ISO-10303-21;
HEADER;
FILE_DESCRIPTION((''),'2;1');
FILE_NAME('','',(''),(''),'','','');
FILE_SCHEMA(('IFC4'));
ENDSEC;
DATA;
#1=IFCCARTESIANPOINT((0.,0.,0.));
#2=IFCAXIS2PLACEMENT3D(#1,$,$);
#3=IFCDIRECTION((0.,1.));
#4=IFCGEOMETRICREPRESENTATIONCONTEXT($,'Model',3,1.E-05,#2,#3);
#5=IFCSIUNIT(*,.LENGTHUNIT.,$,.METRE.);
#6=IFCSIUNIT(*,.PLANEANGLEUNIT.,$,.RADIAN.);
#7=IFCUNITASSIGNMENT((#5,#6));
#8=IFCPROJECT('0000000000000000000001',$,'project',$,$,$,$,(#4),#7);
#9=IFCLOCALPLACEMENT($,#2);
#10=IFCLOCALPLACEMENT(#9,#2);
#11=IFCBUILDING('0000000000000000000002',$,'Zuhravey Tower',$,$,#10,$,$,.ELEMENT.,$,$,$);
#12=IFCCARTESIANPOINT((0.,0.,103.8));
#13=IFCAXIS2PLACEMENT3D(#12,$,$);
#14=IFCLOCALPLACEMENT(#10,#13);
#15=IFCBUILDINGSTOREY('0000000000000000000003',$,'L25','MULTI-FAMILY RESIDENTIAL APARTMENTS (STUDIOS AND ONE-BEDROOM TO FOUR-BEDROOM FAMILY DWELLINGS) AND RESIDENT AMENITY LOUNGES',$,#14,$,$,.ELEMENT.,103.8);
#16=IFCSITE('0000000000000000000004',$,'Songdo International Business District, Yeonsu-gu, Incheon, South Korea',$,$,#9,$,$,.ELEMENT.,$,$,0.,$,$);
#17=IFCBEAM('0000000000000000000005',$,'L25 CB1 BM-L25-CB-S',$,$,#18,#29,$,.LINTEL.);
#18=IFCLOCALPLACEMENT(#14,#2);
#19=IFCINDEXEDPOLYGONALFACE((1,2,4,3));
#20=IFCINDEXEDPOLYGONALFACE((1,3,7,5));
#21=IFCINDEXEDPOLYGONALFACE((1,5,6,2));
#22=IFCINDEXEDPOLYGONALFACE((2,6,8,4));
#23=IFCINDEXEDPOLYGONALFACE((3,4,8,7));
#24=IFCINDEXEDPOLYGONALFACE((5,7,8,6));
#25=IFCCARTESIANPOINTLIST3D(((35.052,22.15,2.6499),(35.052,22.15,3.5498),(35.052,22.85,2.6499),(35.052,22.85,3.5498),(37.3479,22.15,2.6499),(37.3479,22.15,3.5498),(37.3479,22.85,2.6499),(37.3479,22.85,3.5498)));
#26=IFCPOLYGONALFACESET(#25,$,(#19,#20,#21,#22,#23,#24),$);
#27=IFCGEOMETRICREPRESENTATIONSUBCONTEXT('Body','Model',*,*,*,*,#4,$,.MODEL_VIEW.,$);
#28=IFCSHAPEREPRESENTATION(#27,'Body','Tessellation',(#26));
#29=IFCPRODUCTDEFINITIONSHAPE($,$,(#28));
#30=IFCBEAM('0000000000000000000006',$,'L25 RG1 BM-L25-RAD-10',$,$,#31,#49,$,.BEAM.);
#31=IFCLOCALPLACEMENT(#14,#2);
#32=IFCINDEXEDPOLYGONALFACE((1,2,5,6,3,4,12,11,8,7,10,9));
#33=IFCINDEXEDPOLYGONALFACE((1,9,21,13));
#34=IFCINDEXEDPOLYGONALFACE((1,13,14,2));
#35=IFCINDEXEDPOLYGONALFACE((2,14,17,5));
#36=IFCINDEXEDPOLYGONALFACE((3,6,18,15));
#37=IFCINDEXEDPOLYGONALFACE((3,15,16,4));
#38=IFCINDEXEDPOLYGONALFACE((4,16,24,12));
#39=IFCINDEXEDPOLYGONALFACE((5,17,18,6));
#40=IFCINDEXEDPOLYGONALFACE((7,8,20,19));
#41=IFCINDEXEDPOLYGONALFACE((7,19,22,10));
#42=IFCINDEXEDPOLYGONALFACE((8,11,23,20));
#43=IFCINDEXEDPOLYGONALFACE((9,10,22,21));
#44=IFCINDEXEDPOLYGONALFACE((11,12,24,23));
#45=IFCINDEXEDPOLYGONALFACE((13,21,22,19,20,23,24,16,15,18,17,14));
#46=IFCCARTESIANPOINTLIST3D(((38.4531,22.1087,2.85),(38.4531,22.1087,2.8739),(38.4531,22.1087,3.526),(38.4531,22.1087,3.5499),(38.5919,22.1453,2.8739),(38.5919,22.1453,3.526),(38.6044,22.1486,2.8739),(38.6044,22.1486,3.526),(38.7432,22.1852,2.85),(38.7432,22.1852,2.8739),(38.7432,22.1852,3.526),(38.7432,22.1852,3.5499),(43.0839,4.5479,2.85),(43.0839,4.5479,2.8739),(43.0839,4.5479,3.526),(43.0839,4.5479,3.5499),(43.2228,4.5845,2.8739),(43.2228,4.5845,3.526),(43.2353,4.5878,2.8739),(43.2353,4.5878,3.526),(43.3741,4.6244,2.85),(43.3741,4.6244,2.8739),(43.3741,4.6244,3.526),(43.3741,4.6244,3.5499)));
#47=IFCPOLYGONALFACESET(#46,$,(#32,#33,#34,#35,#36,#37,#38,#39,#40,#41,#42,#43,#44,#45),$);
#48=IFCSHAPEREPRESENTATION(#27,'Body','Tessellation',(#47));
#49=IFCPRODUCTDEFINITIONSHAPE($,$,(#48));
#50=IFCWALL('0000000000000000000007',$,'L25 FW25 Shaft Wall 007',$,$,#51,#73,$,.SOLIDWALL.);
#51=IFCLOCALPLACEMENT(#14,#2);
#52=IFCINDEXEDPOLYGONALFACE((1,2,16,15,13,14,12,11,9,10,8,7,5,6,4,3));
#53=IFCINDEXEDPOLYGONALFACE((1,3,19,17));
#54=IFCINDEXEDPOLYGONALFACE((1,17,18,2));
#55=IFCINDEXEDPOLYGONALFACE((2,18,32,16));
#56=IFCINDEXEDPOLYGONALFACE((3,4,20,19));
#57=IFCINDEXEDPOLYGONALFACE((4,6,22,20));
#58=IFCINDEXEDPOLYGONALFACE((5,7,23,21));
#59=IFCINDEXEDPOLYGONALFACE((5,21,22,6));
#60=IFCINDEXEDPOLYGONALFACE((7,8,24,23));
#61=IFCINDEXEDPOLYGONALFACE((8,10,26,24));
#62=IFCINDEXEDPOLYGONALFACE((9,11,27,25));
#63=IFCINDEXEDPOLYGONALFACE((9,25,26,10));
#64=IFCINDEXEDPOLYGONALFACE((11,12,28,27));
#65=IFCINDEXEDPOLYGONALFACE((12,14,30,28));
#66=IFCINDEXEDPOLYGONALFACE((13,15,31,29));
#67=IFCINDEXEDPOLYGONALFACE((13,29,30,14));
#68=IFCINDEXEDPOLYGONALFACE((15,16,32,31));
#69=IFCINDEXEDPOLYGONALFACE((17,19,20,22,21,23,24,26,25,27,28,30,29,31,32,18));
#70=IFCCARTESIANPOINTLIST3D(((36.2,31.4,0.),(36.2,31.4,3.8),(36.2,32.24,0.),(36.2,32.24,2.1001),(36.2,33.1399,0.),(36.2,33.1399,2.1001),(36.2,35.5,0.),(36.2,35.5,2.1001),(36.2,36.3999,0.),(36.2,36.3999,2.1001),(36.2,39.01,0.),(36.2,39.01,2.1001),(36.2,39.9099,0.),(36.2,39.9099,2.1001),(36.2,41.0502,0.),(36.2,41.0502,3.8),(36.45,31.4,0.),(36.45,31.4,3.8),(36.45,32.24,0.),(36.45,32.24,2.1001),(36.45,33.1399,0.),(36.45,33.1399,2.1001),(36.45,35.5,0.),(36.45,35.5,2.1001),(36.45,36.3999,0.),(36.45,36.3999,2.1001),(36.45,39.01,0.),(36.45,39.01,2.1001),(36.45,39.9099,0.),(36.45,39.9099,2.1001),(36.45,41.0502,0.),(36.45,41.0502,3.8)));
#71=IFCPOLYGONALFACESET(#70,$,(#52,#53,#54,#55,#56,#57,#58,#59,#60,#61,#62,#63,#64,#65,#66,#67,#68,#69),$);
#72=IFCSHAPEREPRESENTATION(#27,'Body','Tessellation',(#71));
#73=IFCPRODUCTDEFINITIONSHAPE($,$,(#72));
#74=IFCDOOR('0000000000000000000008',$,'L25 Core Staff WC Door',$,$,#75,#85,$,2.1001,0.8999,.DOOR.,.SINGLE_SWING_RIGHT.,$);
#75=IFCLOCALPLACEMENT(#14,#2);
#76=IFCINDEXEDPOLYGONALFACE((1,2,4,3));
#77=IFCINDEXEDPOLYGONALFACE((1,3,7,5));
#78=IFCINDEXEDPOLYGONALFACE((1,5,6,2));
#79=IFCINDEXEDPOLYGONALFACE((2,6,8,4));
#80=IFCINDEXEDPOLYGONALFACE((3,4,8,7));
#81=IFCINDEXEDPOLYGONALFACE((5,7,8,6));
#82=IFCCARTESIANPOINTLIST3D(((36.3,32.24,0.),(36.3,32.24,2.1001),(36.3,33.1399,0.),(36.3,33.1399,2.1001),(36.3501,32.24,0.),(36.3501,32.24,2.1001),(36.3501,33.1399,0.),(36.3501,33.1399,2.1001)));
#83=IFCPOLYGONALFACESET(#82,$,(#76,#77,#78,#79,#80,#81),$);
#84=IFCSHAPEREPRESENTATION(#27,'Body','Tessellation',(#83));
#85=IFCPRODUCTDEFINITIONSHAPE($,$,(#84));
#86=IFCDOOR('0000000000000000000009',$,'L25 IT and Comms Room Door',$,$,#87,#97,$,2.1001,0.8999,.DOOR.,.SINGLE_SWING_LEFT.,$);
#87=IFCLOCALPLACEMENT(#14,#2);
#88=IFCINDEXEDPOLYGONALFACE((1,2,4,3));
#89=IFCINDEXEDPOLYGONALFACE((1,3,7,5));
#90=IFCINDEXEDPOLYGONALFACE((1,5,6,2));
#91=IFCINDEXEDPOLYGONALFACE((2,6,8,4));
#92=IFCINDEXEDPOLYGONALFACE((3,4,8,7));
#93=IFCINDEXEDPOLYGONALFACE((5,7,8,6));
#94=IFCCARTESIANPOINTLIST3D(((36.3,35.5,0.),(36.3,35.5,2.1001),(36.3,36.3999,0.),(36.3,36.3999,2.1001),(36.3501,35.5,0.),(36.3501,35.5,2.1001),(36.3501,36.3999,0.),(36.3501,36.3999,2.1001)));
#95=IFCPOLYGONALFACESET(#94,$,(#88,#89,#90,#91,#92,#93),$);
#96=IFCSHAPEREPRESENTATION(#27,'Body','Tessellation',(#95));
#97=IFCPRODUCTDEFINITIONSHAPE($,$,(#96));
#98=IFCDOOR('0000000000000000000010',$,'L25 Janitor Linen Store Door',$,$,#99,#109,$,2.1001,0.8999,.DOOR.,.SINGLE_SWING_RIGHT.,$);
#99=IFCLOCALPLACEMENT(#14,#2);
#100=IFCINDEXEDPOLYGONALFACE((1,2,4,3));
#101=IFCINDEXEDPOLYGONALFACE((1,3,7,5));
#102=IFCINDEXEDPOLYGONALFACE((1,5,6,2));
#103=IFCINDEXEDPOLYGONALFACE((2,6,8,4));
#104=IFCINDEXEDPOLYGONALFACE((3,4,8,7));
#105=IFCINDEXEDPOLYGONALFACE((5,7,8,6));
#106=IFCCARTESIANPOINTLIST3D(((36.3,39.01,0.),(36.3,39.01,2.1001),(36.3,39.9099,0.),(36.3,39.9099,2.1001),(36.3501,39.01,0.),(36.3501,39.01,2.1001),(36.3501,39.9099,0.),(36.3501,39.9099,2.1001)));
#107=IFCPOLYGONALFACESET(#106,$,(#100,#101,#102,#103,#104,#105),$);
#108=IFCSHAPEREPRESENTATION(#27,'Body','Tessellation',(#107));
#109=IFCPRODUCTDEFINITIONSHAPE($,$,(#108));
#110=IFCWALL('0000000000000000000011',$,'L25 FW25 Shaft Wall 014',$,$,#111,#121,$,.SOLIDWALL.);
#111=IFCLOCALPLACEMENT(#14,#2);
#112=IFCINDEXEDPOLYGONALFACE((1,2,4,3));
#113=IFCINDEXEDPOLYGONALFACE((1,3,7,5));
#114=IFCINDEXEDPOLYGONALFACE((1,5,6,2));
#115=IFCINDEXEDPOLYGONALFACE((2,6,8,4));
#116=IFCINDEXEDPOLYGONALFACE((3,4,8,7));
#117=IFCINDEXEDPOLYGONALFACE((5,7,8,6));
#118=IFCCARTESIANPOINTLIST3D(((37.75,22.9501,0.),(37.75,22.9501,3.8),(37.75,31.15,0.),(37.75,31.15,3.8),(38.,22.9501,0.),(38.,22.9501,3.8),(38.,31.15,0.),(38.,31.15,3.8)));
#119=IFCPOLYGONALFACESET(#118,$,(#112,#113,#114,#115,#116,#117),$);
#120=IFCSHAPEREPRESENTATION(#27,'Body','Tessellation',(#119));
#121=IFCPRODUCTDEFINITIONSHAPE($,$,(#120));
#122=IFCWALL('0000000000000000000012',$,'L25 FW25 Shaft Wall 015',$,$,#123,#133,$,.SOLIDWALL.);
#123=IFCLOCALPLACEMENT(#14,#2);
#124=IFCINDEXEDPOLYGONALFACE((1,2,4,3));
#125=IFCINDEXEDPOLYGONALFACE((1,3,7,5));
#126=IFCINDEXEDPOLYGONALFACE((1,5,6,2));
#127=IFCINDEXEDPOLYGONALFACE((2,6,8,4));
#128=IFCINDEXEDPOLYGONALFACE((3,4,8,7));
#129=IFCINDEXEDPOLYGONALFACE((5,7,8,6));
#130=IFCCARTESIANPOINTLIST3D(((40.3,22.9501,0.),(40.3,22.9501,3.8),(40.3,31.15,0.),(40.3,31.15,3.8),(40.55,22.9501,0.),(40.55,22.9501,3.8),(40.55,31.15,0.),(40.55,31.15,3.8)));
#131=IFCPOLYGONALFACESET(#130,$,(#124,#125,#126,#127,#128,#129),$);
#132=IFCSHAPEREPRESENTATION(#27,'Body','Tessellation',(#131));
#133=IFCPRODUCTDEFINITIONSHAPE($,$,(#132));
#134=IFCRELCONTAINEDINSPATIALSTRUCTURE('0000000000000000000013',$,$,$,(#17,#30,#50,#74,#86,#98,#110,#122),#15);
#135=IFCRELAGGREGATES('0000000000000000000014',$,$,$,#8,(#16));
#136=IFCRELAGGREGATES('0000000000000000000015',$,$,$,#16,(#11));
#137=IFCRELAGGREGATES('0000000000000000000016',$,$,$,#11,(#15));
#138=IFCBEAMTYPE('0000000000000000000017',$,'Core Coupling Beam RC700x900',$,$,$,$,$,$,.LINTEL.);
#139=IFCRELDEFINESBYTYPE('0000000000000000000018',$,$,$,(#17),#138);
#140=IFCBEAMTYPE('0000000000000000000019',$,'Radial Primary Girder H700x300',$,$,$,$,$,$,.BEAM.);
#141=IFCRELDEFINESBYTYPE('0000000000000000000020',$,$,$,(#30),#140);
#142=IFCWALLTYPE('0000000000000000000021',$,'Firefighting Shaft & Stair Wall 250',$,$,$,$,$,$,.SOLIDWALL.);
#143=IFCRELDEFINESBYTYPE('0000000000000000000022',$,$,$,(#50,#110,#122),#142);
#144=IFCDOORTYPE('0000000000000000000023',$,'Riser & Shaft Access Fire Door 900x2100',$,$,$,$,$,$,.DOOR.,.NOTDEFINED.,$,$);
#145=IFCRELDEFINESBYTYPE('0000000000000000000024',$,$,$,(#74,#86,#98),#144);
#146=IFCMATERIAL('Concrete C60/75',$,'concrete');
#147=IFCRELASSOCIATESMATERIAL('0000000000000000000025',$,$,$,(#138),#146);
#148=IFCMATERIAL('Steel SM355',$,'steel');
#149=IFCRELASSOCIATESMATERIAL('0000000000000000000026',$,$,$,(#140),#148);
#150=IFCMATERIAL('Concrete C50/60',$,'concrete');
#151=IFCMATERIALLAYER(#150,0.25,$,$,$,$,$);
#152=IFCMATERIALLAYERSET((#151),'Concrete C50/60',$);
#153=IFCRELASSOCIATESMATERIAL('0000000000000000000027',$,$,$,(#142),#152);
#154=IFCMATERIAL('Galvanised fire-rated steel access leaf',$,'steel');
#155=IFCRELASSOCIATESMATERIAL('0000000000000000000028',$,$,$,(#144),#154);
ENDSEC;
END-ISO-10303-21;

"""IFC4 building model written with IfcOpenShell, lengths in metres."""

from ifc_helpers import new_model, si_unit, direction, frame, frame_2d, origin, origin_2d, place, context, subcontext, project, spatial, rectangle, i_section, extrude, material, layer, layer_set, material_profile, profile_set, type_object, element, fill, save


model = new_model("IFC4")

# Units and contexts
model_context = context("Model", 3, precision=1e-05, world=origin(), true_north=direction((0.0, 1.0)))
body_context = subcontext(model_context, "Body", "Model", "MODEL_VIEW")
ifc_project = project(units=[si_unit("LENGTHUNIT", "METRE"), si_unit("PLANEANGLEUNIT", "RADIAN")], contexts=[model_context])

# Site, building, storey
site_placement = place(None, origin())
site = spatial("IfcSite", under=ifc_project, at=site_placement, Name="Songdo International Business District, Yeonsu-gu, Incheon, South Korea", CompositionType="ELEMENT", RefElevation=0.0)
building_placement = place(site_placement, origin())
building = spatial("IfcBuilding", under=site, at=building_placement, Name="Zuhravey Tower", CompositionType="ELEMENT")
storey_placement = place(building_placement, frame((0.0, 0.0, 103.8)))
storey = spatial("IfcBuildingStorey", under=building, at=storey_placement, Name="L25", Description="MULTI-FAMILY RESIDENTIAL APARTMENTS (STUDIOS AND ONE-BEDROOM TO FOUR-BEDROOM FAMILY DWELLINGS) AND RESIDENT AMENITY LOUNGES", CompositionType="ELEMENT", Elevation=103.8)

# Beams
ifc_material_1 = material(Name="Concrete C60/75", Category="concrete")
ifc_material_profile_1 = material_profile(ifc_material_1, rectangle(XDim=0.7, YDim=0.8999, at=origin_2d()), Name="RC-700x900")
ifc_profile_set_1 = profile_set([ifc_material_profile_1], Name="Concrete C60/75")
beam_type_1 = type_object("IfcBeamType", Name="Core Coupling Beam RC700x900", PredefinedType="LINTEL", material=ifc_profile_set_1)
beam_1_placement = place(storey_placement, frame((35.052, 22.5, 3.0999), z_axis=(1.0, 0.0, 0.0), x_axis=(0.0, 1.0, 0.0)))
element("IfcBeam", 1, at=beam_1_placement, inside=storey, type_object=beam_type_1, Name="L25 CB1 BM-L25-CB-S", PredefinedType="LINTEL", context=body_context, shape_type="SweptSolid", body=[
    extrude(rectangle(XDim=0.7, YDim=0.8999, at=origin_2d()), origin(), (0.0, 0.0, 1.0), 2.2959),
])
ifc_material_2 = material(Name="Steel SM355", Category="steel")
ifc_material_profile_2 = material_profile(ifc_material_2, i_section(OverallWidth=0.3, OverallDepth=0.7, WebThickness=0.0129, FlangeThickness=0.0239, at=origin_2d()), Name="H-700x300x13x24")
ifc_profile_set_2 = profile_set([ifc_material_profile_2], Name="Steel SM355")
beam_type_2 = type_object("IfcBeamType", Name="Radial Primary Girder H700x300", PredefinedType="BEAM", material=ifc_profile_set_2)
beam_2_placement = place(storey_placement, frame((38.5981, 22.147, 3.2), z_axis=(0.254988, -0.966944, 0.0), x_axis=(0.966944, 0.254988, 0.0)))
element("IfcBeam", 2, at=beam_2_placement, inside=storey, type_object=beam_type_2, Name="L25 RG1 BM-L25-RAD-10", PredefinedType="BEAM", context=body_context, shape_type="SweptSolid", body=[
    extrude(i_section(OverallWidth=0.3, OverallDepth=0.7, WebThickness=0.0129, FlangeThickness=0.0239, at=origin_2d()), origin(), (0.0, 0.0, 1.0), 18.1611),
])

# Shared definitions
ifc_material_3 = material(Name="Concrete C50/60", Category="concrete")
ifc_layer_1 = layer(ifc_material_3, 0.25)
ifc_layer_set_1 = layer_set([ifc_layer_1], Name="Concrete C50/60")
wall_type_1 = type_object("IfcWallType", Name="Firefighting Shaft & Stair Wall 250", PredefinedType="SOLIDWALL", material=ifc_layer_set_1)

# Wall, openings, doors
wall_1_placement = place(storey_placement, frame((36.325, 31.3999, 0.0), z_axis=(0.0, 0.0, 1.0), x_axis=(0.0, 1.0, 0.0)))
wall_1 = element("IfcWall", 3, at=wall_1_placement, inside=storey, type_object=wall_type_1, Name="L25 FW25 Shaft Wall 007", PredefinedType="SOLIDWALL", context=body_context, shape_type="SweptSolid", body=[
    extrude(rectangle(XDim=9.6501, YDim=0.25, at=frame_2d((4.8252, 0.0))), origin(), (0.0, 0.0, 1.0), 3.8),
])
opening_1_placement = place(wall_1_placement, frame((0.8401, 0.0, 0.0)))
opening_1 = element("IfcOpeningElement", 4, at=opening_1_placement, cuts=wall_1, PredefinedType="OPENING", context=body_context, shape_type="SweptSolid", body=[
    extrude(rectangle(XDim=0.8999, YDim=2.1001, at=frame_2d((0.45, 1.05))), frame((0.0, 0.137, 0.0), z_axis=(0.0, -1.0, 0.0), x_axis=(1.0, 0.0, 0.0)), (0.0, 0.0, 1.0), 0.2739),
])
opening_2_placement = place(wall_1_placement, frame((4.1001, 0.0, 0.0)))
opening_2 = element("IfcOpeningElement", 5, at=opening_2_placement, cuts=wall_1, PredefinedType="OPENING", context=body_context, shape_type="SweptSolid", body=[
    extrude(rectangle(XDim=0.8999, YDim=2.1001, at=frame_2d((0.45, 1.05))), frame((0.0, 0.137, 0.0), z_axis=(0.0, -1.0, 0.0), x_axis=(1.0, 0.0, 0.0)), (0.0, 0.0, 1.0), 0.2739),
])
opening_3_placement = place(wall_1_placement, frame((7.6101, 0.0, 0.0)))
opening_3 = element("IfcOpeningElement", 6, at=opening_3_placement, cuts=wall_1, PredefinedType="OPENING", context=body_context, shape_type="SweptSolid", body=[
    extrude(rectangle(XDim=0.8999, YDim=2.1001, at=frame_2d((0.45, 1.05))), frame((0.0, 0.137, 0.0), z_axis=(0.0, -1.0, 0.0), x_axis=(1.0, 0.0, 0.0)), (0.0, 0.0, 1.0), 0.2739),
])
ifc_material_4 = material(Name="Galvanised fire-rated steel access leaf", Category="steel")
door_type_1 = type_object("IfcDoorType", Name="Riser & Shaft Access Fire Door 900x2100", OperationType="NOTDEFINED", PredefinedType="DOOR", material=ifc_material_4)
door_1_placement = place(opening_1_placement, origin())
door_1 = element("IfcDoor", 7, at=door_1_placement, inside=storey, type_object=door_type_1, Name="L25 Core Staff WC Door", OperationType="SINGLE_SWING_RIGHT", OverallHeight=2.1001, OverallWidth=0.8999, PredefinedType="DOOR", context=body_context, shape_type="SweptSolid", body=[
    extrude(rectangle(XDim=0.8999, YDim=2.1001, at=frame_2d((0.45, 1.05))), frame((0.0, 0.0249, 0.0), z_axis=(0.0, -1.0, 0.0), x_axis=(1.0, 0.0, 0.0)), (0.0, 0.0, 1.0), 0.05),
])
fill(opening_1, door_1)
door_2_placement = place(opening_2_placement, origin())
door_2 = element("IfcDoor", 8, at=door_2_placement, inside=storey, type_object=door_type_1, Name="L25 IT and Comms Room Door", OperationType="SINGLE_SWING_LEFT", OverallHeight=2.1001, OverallWidth=0.8999, PredefinedType="DOOR", context=body_context, shape_type="SweptSolid", body=[
    extrude(rectangle(XDim=0.8999, YDim=2.1001, at=frame_2d((0.45, 1.05))), frame((0.0, 0.0249, 0.0), z_axis=(0.0, -1.0, 0.0), x_axis=(1.0, 0.0, 0.0)), (0.0, 0.0, 1.0), 0.05),
])
fill(opening_2, door_2)
door_3_placement = place(opening_3_placement, origin())
door_3 = element("IfcDoor", 9, at=door_3_placement, inside=storey, type_object=door_type_1, Name="L25 Janitor Linen Store Door", OperationType="SINGLE_SWING_RIGHT", OverallHeight=2.1001, OverallWidth=0.8999, PredefinedType="DOOR", context=body_context, shape_type="SweptSolid", body=[
    extrude(rectangle(XDim=0.8999, YDim=2.1001, at=frame_2d((0.45, 1.05))), frame((0.0, 0.0249, 0.0), z_axis=(0.0, -1.0, 0.0), x_axis=(1.0, 0.0, 0.0)), (0.0, 0.0, 1.0), 0.05),
])
fill(opening_3, door_3)

# Walls
for number, where, z_axis, x_axis, name in (
    (10, (37.875, 22.95, 0.0), (0.0, 0.0, 1.0), (0.0, 1.0, 0.0), "L25 FW25 Shaft Wall 014"),
    (11, (40.425, 22.95, 0.0), (0.0, 0.0, 1.0), (0.0, 1.0, 0.0), "L25 FW25 Shaft Wall 015"),
):
    element("IfcWall", number, at=place(storey_placement, frame(where, z_axis=z_axis, x_axis=x_axis)), inside=storey, type_object=wall_type_1, Name=name, PredefinedType="SOLIDWALL", context=body_context, shape_type="SweptSolid", body=[
        extrude(rectangle(XDim=8.2, YDim=0.25, at=frame_2d((4.1001, 0.0))), origin(), (0.0, 0.0, 1.0), 3.8),
    ])

save(model, "model.ifc")
